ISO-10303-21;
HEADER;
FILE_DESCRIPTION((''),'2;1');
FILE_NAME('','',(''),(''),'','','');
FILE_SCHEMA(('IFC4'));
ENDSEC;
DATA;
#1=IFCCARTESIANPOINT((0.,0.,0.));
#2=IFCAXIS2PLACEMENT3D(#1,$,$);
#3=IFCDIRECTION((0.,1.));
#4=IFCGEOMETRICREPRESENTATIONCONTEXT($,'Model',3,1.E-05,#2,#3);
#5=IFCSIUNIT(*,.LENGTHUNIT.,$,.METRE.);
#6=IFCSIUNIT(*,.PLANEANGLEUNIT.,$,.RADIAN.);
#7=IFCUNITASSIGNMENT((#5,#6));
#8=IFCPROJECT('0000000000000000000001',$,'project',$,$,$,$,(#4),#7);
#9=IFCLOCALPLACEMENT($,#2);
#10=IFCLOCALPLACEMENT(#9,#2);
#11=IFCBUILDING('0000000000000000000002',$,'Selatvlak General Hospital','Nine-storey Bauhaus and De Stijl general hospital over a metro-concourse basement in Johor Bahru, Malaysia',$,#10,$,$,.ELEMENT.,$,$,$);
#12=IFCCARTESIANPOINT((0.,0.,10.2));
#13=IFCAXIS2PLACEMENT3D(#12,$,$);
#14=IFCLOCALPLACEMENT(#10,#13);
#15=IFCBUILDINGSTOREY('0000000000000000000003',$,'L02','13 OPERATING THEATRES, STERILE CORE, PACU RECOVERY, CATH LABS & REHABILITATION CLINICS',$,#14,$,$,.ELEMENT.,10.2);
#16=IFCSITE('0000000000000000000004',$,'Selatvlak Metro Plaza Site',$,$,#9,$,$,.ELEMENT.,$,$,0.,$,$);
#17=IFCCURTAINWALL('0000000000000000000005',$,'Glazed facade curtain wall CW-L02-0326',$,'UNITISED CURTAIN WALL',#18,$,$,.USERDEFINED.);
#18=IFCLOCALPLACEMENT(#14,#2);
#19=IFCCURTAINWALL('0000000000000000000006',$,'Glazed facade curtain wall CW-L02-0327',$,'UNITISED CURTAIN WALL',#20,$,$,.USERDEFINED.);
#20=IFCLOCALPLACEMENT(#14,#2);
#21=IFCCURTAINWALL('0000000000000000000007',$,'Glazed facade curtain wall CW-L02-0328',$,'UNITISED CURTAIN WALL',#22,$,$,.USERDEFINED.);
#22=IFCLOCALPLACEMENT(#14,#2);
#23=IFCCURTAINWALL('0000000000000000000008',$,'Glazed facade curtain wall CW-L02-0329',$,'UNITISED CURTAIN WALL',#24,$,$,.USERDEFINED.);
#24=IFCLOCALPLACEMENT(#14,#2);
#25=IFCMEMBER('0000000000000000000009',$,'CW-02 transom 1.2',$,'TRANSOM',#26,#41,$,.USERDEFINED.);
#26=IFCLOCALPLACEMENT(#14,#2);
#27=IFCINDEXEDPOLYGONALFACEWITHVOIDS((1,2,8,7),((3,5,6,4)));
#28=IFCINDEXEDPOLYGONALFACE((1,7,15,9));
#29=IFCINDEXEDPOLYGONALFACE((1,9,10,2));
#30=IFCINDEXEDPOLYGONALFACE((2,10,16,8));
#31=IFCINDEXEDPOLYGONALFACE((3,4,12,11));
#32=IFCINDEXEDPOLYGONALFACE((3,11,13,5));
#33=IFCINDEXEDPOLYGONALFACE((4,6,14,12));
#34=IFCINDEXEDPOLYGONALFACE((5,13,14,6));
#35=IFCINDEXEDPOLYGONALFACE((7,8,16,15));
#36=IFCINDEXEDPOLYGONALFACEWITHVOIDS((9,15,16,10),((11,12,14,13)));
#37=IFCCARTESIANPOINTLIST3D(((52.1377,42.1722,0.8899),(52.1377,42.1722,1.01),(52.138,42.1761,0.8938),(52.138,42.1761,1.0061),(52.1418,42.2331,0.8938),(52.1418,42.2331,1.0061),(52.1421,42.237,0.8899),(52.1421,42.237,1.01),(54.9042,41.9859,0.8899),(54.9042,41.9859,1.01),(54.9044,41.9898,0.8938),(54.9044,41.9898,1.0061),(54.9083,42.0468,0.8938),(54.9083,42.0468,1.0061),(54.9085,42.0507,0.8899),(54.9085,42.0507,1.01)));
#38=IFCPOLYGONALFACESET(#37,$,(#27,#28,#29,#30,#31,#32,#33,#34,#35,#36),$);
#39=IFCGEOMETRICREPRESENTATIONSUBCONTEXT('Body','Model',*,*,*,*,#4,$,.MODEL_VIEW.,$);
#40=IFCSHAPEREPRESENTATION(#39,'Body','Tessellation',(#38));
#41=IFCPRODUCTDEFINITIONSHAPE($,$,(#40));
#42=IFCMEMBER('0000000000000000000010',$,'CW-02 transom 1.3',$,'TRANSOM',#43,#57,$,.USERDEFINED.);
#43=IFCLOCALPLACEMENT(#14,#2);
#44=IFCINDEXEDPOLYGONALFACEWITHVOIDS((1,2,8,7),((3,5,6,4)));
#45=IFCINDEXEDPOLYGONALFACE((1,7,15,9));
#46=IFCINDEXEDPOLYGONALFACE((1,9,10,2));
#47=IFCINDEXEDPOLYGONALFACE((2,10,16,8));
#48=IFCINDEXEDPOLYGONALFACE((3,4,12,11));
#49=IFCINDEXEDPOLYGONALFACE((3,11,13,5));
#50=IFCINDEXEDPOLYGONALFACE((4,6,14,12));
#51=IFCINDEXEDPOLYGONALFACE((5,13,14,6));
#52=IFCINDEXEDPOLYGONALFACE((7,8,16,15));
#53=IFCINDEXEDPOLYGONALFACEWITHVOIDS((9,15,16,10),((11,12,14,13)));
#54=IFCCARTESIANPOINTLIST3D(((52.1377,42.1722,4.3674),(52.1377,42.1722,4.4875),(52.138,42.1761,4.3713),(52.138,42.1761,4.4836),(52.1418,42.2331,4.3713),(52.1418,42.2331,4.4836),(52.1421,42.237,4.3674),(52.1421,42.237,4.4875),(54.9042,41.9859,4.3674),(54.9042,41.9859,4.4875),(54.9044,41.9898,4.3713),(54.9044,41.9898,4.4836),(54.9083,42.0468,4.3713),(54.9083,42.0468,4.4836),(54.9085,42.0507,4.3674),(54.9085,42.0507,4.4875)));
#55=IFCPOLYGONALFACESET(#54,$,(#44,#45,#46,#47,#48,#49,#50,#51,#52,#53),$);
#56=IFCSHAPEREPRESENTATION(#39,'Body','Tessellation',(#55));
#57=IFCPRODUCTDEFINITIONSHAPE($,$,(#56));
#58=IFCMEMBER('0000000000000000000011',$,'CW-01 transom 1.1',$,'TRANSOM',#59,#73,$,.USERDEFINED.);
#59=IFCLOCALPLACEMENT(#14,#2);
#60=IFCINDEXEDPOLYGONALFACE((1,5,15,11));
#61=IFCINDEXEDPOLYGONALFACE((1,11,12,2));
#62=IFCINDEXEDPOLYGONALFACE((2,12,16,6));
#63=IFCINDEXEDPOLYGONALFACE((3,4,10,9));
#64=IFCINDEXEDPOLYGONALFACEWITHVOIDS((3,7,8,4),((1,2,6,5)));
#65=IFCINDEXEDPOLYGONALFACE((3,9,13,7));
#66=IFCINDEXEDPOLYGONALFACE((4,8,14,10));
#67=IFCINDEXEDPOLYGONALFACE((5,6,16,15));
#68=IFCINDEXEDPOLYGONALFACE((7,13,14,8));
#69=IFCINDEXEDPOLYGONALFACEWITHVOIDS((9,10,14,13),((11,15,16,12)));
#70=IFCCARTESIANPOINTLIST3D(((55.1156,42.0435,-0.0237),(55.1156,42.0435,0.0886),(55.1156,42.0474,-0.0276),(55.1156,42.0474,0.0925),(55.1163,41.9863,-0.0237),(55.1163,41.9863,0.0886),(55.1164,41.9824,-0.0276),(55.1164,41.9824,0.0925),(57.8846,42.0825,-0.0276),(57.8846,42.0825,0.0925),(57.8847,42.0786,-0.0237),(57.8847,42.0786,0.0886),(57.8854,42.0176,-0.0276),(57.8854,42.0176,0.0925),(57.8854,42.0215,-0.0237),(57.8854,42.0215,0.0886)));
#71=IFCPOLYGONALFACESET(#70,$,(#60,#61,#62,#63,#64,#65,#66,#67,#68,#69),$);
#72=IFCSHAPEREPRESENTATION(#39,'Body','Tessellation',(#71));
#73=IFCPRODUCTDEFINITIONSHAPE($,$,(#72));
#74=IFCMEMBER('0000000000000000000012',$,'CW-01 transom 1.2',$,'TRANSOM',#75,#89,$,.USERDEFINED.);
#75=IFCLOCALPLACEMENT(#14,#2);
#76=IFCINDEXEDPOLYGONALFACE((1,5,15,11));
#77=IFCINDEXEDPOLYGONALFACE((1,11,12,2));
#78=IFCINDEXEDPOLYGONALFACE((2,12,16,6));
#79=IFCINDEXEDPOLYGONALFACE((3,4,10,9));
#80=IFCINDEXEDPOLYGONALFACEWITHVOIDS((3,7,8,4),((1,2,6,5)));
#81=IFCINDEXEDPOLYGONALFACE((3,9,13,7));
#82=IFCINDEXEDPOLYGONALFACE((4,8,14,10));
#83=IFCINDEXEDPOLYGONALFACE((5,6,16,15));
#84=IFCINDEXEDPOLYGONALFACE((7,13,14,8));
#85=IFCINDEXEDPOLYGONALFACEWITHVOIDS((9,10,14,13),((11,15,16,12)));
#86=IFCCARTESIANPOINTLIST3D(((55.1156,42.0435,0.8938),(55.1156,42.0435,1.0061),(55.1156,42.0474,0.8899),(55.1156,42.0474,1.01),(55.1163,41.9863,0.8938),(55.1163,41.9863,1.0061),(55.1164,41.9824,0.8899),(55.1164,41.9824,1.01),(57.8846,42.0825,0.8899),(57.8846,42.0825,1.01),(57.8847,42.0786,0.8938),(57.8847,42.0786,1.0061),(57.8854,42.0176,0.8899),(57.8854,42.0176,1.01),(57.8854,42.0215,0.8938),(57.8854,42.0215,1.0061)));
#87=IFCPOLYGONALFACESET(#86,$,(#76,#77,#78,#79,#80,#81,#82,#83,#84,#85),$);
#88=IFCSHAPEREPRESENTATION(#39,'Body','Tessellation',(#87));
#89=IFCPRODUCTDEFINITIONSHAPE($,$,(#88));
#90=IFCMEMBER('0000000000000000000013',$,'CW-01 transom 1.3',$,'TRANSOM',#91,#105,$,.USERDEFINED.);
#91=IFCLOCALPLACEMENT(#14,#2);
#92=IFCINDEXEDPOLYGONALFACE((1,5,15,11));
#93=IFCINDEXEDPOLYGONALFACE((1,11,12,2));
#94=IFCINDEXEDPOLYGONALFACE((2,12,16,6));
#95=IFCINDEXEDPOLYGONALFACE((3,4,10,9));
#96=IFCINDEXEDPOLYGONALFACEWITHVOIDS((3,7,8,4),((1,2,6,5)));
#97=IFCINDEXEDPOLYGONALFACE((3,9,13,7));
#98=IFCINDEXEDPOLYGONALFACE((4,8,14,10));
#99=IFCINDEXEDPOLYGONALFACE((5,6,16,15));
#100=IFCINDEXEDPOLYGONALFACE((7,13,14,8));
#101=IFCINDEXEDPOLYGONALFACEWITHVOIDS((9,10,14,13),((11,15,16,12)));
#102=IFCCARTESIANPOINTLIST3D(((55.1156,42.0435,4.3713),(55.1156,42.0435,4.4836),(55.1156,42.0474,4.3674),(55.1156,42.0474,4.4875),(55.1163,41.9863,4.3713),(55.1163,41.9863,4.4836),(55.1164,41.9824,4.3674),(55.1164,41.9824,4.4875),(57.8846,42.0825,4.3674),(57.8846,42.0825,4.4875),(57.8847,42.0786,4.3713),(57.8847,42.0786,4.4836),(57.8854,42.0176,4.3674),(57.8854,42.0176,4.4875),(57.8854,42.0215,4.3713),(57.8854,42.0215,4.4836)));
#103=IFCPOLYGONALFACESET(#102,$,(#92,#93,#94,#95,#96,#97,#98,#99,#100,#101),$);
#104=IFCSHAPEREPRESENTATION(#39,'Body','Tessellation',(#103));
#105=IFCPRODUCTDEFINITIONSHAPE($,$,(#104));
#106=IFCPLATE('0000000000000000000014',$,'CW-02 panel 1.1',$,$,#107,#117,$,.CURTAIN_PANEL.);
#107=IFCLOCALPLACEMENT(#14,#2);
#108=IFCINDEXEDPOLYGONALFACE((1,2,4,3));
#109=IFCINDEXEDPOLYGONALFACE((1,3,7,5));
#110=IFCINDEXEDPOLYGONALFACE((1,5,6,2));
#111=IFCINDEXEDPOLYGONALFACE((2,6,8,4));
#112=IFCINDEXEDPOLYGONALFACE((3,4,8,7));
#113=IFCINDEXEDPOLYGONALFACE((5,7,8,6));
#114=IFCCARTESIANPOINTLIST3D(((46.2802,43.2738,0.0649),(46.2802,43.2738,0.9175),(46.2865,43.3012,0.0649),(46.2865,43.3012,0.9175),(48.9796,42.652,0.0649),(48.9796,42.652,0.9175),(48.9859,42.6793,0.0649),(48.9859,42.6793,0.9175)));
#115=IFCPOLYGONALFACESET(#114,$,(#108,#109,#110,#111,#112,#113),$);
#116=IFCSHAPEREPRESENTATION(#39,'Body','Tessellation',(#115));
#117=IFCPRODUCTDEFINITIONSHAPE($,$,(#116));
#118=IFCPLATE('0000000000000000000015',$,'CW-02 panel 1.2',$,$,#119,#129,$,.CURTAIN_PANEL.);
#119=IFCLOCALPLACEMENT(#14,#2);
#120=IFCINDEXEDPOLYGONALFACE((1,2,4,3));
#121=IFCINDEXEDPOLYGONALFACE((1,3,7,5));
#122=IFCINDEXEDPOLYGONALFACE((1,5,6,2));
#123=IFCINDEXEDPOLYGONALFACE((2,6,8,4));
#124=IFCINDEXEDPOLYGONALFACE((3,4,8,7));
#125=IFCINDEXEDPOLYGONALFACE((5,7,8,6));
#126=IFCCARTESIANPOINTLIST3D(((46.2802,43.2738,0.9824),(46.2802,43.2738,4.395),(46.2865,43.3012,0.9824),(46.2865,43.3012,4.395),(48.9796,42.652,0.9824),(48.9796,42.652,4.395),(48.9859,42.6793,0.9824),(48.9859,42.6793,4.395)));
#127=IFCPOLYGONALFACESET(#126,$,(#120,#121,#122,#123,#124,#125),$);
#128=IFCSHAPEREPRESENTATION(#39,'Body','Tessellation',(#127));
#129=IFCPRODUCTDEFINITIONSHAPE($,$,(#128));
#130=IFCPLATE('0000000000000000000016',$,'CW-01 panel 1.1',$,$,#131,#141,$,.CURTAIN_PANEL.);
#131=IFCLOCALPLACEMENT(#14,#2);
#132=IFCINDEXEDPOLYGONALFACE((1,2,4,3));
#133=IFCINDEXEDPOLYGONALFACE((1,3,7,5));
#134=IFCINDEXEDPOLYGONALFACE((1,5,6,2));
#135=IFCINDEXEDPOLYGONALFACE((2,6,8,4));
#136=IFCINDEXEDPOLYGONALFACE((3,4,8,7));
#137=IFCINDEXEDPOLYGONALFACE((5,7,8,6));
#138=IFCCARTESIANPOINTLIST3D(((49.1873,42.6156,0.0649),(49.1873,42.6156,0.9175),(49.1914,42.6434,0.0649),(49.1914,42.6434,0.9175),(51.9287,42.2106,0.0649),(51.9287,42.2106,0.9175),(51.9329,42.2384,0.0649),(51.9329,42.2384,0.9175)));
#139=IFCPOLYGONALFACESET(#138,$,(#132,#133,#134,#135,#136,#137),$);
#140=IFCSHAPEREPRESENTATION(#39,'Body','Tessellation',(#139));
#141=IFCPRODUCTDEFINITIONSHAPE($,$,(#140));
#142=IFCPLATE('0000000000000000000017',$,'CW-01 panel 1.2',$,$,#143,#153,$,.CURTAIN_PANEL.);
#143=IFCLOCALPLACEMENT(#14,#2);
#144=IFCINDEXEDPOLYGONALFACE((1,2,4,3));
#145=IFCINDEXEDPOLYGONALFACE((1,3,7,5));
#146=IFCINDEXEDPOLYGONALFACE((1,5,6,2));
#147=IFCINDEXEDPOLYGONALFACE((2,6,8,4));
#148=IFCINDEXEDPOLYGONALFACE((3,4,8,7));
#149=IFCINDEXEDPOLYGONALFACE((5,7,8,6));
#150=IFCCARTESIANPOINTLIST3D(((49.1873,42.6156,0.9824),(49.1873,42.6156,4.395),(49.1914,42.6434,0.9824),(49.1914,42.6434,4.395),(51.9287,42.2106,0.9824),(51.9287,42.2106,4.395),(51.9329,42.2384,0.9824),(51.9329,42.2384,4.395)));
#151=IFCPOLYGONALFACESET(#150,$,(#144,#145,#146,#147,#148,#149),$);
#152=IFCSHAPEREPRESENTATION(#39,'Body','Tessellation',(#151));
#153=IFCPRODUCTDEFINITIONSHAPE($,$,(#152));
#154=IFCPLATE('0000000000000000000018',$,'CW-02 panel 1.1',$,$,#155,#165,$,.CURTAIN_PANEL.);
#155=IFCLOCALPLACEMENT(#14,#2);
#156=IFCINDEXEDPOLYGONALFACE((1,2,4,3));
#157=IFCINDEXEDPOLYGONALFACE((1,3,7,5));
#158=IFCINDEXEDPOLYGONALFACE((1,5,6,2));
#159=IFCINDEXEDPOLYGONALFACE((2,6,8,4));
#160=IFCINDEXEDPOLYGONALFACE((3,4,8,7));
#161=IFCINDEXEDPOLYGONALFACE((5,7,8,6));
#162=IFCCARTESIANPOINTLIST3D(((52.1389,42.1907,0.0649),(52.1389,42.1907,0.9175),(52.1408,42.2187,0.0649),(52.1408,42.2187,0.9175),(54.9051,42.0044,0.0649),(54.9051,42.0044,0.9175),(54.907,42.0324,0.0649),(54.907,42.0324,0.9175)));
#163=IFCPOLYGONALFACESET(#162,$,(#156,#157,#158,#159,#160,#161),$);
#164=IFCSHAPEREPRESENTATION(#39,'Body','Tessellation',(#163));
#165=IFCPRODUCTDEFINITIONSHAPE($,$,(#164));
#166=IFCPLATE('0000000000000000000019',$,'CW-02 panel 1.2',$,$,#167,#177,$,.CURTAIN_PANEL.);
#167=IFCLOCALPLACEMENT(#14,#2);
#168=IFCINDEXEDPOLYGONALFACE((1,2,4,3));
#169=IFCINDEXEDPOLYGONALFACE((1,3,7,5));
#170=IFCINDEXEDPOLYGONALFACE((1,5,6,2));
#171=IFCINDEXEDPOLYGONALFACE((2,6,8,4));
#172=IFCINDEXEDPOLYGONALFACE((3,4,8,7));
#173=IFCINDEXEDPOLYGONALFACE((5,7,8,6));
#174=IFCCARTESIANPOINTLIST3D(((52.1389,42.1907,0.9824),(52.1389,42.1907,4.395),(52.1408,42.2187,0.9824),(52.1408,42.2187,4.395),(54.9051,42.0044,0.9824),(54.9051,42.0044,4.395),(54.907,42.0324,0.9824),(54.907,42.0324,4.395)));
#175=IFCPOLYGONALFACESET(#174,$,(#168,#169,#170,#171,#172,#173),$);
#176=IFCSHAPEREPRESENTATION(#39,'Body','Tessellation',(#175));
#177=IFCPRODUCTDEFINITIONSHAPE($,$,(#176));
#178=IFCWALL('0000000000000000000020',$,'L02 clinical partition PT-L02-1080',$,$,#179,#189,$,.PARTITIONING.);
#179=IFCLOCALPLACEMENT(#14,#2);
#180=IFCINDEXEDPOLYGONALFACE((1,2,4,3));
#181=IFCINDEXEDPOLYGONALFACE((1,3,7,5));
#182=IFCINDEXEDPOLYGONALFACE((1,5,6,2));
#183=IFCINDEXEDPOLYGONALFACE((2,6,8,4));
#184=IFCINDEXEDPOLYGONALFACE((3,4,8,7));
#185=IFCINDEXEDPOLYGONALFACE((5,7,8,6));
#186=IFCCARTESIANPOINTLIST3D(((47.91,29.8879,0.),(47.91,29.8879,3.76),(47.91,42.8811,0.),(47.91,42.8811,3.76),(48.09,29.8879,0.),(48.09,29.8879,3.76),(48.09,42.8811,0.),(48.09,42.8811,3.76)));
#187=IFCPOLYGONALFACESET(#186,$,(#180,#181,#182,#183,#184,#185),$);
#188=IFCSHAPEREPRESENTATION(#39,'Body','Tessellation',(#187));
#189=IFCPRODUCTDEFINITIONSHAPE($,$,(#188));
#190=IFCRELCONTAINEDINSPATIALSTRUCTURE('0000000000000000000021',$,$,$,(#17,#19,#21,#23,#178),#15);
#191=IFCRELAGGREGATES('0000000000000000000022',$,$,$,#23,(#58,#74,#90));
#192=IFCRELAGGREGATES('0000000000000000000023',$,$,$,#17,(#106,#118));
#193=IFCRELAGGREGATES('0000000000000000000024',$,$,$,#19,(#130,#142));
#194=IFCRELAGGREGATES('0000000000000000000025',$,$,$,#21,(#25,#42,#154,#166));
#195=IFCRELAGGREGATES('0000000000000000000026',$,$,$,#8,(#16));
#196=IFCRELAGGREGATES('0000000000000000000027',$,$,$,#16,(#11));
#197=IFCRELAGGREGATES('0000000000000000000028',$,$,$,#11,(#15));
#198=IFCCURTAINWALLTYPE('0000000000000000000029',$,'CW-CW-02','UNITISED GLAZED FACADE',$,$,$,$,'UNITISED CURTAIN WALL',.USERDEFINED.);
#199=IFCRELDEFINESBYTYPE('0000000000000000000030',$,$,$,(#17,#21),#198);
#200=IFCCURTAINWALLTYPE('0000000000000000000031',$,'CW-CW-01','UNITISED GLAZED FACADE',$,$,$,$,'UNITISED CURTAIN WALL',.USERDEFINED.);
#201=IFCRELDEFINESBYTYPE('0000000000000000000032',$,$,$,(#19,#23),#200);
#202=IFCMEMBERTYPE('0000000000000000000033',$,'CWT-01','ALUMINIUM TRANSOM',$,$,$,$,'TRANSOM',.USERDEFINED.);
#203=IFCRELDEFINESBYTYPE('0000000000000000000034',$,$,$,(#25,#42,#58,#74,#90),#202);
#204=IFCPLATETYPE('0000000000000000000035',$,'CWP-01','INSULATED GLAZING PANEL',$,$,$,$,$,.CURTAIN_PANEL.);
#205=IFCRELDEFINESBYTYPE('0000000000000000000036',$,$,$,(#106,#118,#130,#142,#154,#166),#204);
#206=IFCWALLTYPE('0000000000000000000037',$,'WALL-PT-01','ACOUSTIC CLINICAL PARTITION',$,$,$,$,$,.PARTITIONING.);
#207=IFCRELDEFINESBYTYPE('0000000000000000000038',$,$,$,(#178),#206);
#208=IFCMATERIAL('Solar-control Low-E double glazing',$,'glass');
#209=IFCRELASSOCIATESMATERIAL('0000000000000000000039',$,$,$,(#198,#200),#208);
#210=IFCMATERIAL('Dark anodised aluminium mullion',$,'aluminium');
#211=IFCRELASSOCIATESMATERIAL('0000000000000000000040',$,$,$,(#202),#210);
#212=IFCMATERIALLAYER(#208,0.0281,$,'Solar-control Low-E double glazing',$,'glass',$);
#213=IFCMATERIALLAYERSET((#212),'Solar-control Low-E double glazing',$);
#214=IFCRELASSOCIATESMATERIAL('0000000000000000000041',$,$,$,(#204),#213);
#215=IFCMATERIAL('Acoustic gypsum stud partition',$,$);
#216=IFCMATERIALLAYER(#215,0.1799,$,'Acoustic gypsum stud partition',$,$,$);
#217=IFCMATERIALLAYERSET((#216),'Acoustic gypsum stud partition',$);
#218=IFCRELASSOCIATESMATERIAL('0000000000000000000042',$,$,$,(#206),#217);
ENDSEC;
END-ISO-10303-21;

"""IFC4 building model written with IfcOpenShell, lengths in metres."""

from ifc_helpers import new_model, si_unit, direction, frame, frame_2d, origin, origin_2d, place, context, subcontext, project, spatial, rectangle, hollow_rectangle, extrude, material, layer, layer_set, material_profile, profile_set, type_object, element, aggregate, save


model = new_model("IFC4")

# Units and contexts
model_context = context("Model", 3, precision=1e-05, world=origin(), true_north=direction((0.0, 1.0)))
body_context = subcontext(model_context, "Body", "Model", "MODEL_VIEW")
ifc_project = project(units=[si_unit("LENGTHUNIT", "METRE"), si_unit("PLANEANGLEUNIT", "RADIAN")], contexts=[model_context])

# Site, building, storey
site_placement = place(None, origin())
site = spatial("IfcSite", under=ifc_project, at=site_placement, Name="Selatvlak Metro Plaza Site", CompositionType="ELEMENT", RefElevation=0.0)
building_placement = place(site_placement, origin())
building = spatial("IfcBuilding", under=site, at=building_placement, Name="Selatvlak General Hospital", Description="Nine-storey Bauhaus and De Stijl general hospital over a metro-concourse basement in Johor Bahru, Malaysia", CompositionType="ELEMENT")
storey_placement = place(building_placement, frame((0.0, 0.0, 10.2)))
storey = spatial("IfcBuildingStorey", under=building, at=storey_placement, Name="L02", Description="13 OPERATING THEATRES, STERILE CORE, PACU RECOVERY, CATH LABS & REHABILITATION CLINICS", CompositionType="ELEMENT", Elevation=10.2)

# Curtain wall
ifc_material_1 = material(Name="Solar-control Low-E double glazing", Category="glass")
curtain_wall_type_1 = type_object("IfcCurtainWallType", Name="CW-CW-02", Description="UNITISED GLAZED FACADE", ElementType="UNITISED CURTAIN WALL", PredefinedType="USERDEFINED", material=ifc_material_1)
curtain_wall_1_placement = place(storey_placement, origin())
curtain_wall_1 = element("IfcCurtainWall", 1, at=curtain_wall_1_placement, inside=storey, type_object=curtain_wall_type_1, Name="Glazed facade curtain wall CW-L02-0326", ObjectType="UNITISED CURTAIN WALL", PredefinedType="USERDEFINED")
ifc_material_2 = material(Name="Dark anodised aluminium mullion", Category="aluminium")

# Curtain walls
curtain_wall_type_2 = type_object("IfcCurtainWallType", Name="CW-CW-01", Description="UNITISED GLAZED FACADE", ElementType="UNITISED CURTAIN WALL", PredefinedType="USERDEFINED", material=ifc_material_1)
curtain_wall_2_placement = place(storey_placement, origin())
curtain_wall_2 = element("IfcCurtainWall", 2, at=curtain_wall_2_placement, inside=storey, type_object=curtain_wall_type_2, Name="Glazed facade curtain wall CW-L02-0327", ObjectType="UNITISED CURTAIN WALL", PredefinedType="USERDEFINED")
curtain_wall_3_placement = place(storey_placement, origin())
curtain_wall_3 = element("IfcCurtainWall", 3, at=curtain_wall_3_placement, inside=storey, type_object=curtain_wall_type_1, Name="Glazed facade curtain wall CW-L02-0328", ObjectType="UNITISED CURTAIN WALL", PredefinedType="USERDEFINED")

# Curtain wall
curtain_wall_4_placement = place(storey_placement, origin())
curtain_wall_4 = element("IfcCurtainWall", 4, at=curtain_wall_4_placement, inside=storey, type_object=curtain_wall_type_2, Name="Glazed facade curtain wall CW-L02-0329", ObjectType="UNITISED CURTAIN WALL", PredefinedType="USERDEFINED")

# Members
ifc_material_profile_1 = material_profile(ifc_material_2, hollow_rectangle(XDim=0.0649, YDim=0.1201, WallThickness=0.0039, at=origin_2d()), Name="AL-TRN 65x120x4")
ifc_profile_set_1 = profile_set([ifc_material_profile_1], Name="Dark anodised aluminium mullion")
member_type_1 = type_object("IfcMemberType", Name="CWT-01", Description="ALUMINIUM TRANSOM", ElementType="TRANSOM", PredefinedType="USERDEFINED", material=ifc_profile_set_1)
member_1_placement = place(storey_placement, frame((52.1399, 42.2046, 0.95), z_axis=(0.997741, -0.067185, 0.0), x_axis=(0.067185, 0.997741, 0.0)))
member_1 = element("IfcMember", 5, at=member_1_placement, type_object=member_type_1, Name="CW-02 transom 1.2", ObjectType="TRANSOM", PredefinedType="USERDEFINED", context=body_context, shape_type="SweptSolid", body=[
    extrude(hollow_rectangle(XDim=0.0649, YDim=0.1201, WallThickness=0.0039, at=origin_2d()), origin(), (0.0, 0.0, 1.0), 2.7727),
])
member_2_placement = place(storey_placement, frame((52.1399, 42.2046, 4.4275), z_axis=(0.997741, -0.067185, 0.0), x_axis=(0.067185, 0.997741, 0.0)))
member_2 = element("IfcMember", 6, at=member_2_placement, type_object=member_type_1, Name="CW-02 transom 1.3", ObjectType="TRANSOM", PredefinedType="USERDEFINED", context=body_context, shape_type="SweptSolid", body=[
    extrude(hollow_rectangle(XDim=0.0649, YDim=0.1201, WallThickness=0.0039, at=origin_2d()), origin(), (0.0, 0.0, 1.0), 2.7727),
])
member_3_placement = place(storey_placement, frame((55.116, 42.0149, 0.0325), z_axis=(0.999919, 0.012695, 0.0), x_axis=(-0.012695, 0.999919, 0.0)))
member_3 = element("IfcMember", 7, at=member_3_placement, type_object=member_type_1, Name="CW-01 transom 1.1", ObjectType="TRANSOM", PredefinedType="USERDEFINED", context=body_context, shape_type="SweptSolid", body=[
    extrude(hollow_rectangle(XDim=0.0649, YDim=0.1201, WallThickness=0.0039, at=origin_2d()), origin(), (0.0, 0.0, 1.0), 2.7693),
])
member_4_placement = place(storey_placement, frame((55.116, 42.0149, 0.95), z_axis=(0.999919, 0.012695, 0.0), x_axis=(-0.012695, 0.999919, 0.0)))
member_4 = element("IfcMember", 8, at=member_4_placement, type_object=member_type_1, Name="CW-01 transom 1.2", ObjectType="TRANSOM", PredefinedType="USERDEFINED", context=body_context, shape_type="SweptSolid", body=[
    extrude(hollow_rectangle(XDim=0.0649, YDim=0.1201, WallThickness=0.0039, at=origin_2d()), origin(), (0.0, 0.0, 1.0), 2.7693),
])
member_5_placement = place(storey_placement, frame((55.116, 42.0149, 4.4275), z_axis=(0.999919, 0.012695, 0.0), x_axis=(-0.012695, 0.999919, 0.0)))
member_5 = element("IfcMember", 9, at=member_5_placement, type_object=member_type_1, Name="CW-01 transom 1.3", ObjectType="TRANSOM", PredefinedType="USERDEFINED", context=body_context, shape_type="SweptSolid", body=[
    extrude(hollow_rectangle(XDim=0.0649, YDim=0.1201, WallThickness=0.0039, at=origin_2d()), origin(), (0.0, 0.0, 1.0), 2.7693),
])
aggregate(curtain_wall_4, [member_3, member_4, member_5])

# Plates
ifc_layer_1 = layer(ifc_material_1, 0.0281, Name="Solar-control Low-E double glazing", Category="glass")
ifc_layer_set_1 = layer_set([ifc_layer_1], Name="Solar-control Low-E double glazing")
plate_type = type_object("IfcPlateType", Name="CWP-01", Description="INSULATED GLAZING PANEL", PredefinedType="CURTAIN_PANEL", material=ifc_layer_set_1)
plate_1_placement = place(storey_placement, frame((47.6331, 42.9766, 0.0649), z_axis=(0.0, 0.0, 1.0), x_axis=(0.974478, -0.224482, 0.0)))
plate_1 = element("IfcPlate", 10, at=plate_1_placement, type_object=plate_type, Name="CW-02 panel 1.1", PredefinedType="CURTAIN_PANEL", context=body_context, shape_type="SweptSolid", body=[
    extrude(rectangle(XDim=2.77, YDim=0.0281, at=origin_2d()), origin(), (0.0, 0.0, 1.0), 0.8525),
])
plate_2_placement = place(storey_placement, frame((47.6331, 42.9766, 0.9824), z_axis=(0.0, 0.0, 1.0), x_axis=(0.974478, -0.224482, 0.0)))
plate_2 = element("IfcPlate", 11, at=plate_2_placement, type_object=plate_type, Name="CW-02 panel 1.2", PredefinedType="CURTAIN_PANEL", context=body_context, shape_type="SweptSolid", body=[
    extrude(rectangle(XDim=2.77, YDim=0.0281, at=origin_2d()), origin(), (0.0, 0.0, 1.0), 3.4126),
])
aggregate(curtain_wall_1, [plate_1, plate_2])
plate_3_placement = place(storey_placement, frame((50.5601, 42.427, 0.0649), z_axis=(0.0, 0.0, 1.0), x_axis=(0.989263, -0.146149, 0.0)))
plate_3 = element("IfcPlate", 12, at=plate_3_placement, type_object=plate_type, Name="CW-01 panel 1.1", PredefinedType="CURTAIN_PANEL", context=body_context, shape_type="SweptSolid", body=[
    extrude(rectangle(XDim=2.7712, YDim=0.0281, at=origin_2d()), origin(), (0.0, 0.0, 1.0), 0.8525),
])
plate_4_placement = place(storey_placement, frame((50.5601, 42.427, 0.9824), z_axis=(0.0, 0.0, 1.0), x_axis=(0.989263, -0.146149, 0.0)))
plate_4 = element("IfcPlate", 13, at=plate_4_placement, type_object=plate_type, Name="CW-01 panel 1.2", PredefinedType="CURTAIN_PANEL", context=body_context, shape_type="SweptSolid", body=[
    extrude(rectangle(XDim=2.7712, YDim=0.0281, at=origin_2d()), origin(), (0.0, 0.0, 1.0), 3.4126),
])
aggregate(curtain_wall_2, [plate_3, plate_4])
plate_5_placement = place(storey_placement, frame((53.5229, 42.1116, 0.0649), z_axis=(0.0, 0.0, 1.0), x_axis=(0.997741, -0.067182, 0.0)))
plate_5 = element("IfcPlate", 14, at=plate_5_placement, type_object=plate_type, Name="CW-02 panel 1.1", PredefinedType="CURTAIN_PANEL", context=body_context, shape_type="SweptSolid", body=[
    extrude(rectangle(XDim=2.7725, YDim=0.0281, at=origin_2d()), origin(), (0.0, 0.0, 1.0), 0.8525),
])
plate_6_placement = place(storey_placement, frame((53.5229, 42.1116, 0.9824), z_axis=(0.0, 0.0, 1.0), x_axis=(0.997741, -0.067182, 0.0)))
plate_6 = element("IfcPlate", 15, at=plate_6_placement, type_object=plate_type, Name="CW-02 panel 1.2", PredefinedType="CURTAIN_PANEL", context=body_context, shape_type="SweptSolid", body=[
    extrude(rectangle(XDim=2.7725, YDim=0.0281, at=origin_2d()), origin(), (0.0, 0.0, 1.0), 3.4126),
])
aggregate(curtain_wall_3, [member_1, member_2, plate_5, plate_6])

# Wall
ifc_material_3 = material(Name="Acoustic gypsum stud partition")
ifc_layer_2 = layer(ifc_material_3, 0.1799, Name="Acoustic gypsum stud partition")
ifc_layer_set_2 = layer_set([ifc_layer_2], Name="Acoustic gypsum stud partition")
wall_type = type_object("IfcWallType", Name="WALL-PT-01", Description="ACOUSTIC CLINICAL PARTITION", PredefinedType="PARTITIONING", material=ifc_layer_set_2)
wall_placement = place(storey_placement, frame((48.0, 42.8811, 0.0), z_axis=(0.0, 0.0, 1.0), x_axis=(0.0, -1.0, 0.0)))
element("IfcWall", 16, at=wall_placement, inside=storey, type_object=wall_type, Name="L02 clinical partition PT-L02-1080", PredefinedType="PARTITIONING", context=body_context, shape_type="SweptSolid", body=[
    extrude(rectangle(XDim=12.9932, YDim=0.1799, at=frame_2d((6.4966, 0.0))), origin(), (0.0, 0.0, 1.0), 3.76),
])

save(model, "model.ifc")
